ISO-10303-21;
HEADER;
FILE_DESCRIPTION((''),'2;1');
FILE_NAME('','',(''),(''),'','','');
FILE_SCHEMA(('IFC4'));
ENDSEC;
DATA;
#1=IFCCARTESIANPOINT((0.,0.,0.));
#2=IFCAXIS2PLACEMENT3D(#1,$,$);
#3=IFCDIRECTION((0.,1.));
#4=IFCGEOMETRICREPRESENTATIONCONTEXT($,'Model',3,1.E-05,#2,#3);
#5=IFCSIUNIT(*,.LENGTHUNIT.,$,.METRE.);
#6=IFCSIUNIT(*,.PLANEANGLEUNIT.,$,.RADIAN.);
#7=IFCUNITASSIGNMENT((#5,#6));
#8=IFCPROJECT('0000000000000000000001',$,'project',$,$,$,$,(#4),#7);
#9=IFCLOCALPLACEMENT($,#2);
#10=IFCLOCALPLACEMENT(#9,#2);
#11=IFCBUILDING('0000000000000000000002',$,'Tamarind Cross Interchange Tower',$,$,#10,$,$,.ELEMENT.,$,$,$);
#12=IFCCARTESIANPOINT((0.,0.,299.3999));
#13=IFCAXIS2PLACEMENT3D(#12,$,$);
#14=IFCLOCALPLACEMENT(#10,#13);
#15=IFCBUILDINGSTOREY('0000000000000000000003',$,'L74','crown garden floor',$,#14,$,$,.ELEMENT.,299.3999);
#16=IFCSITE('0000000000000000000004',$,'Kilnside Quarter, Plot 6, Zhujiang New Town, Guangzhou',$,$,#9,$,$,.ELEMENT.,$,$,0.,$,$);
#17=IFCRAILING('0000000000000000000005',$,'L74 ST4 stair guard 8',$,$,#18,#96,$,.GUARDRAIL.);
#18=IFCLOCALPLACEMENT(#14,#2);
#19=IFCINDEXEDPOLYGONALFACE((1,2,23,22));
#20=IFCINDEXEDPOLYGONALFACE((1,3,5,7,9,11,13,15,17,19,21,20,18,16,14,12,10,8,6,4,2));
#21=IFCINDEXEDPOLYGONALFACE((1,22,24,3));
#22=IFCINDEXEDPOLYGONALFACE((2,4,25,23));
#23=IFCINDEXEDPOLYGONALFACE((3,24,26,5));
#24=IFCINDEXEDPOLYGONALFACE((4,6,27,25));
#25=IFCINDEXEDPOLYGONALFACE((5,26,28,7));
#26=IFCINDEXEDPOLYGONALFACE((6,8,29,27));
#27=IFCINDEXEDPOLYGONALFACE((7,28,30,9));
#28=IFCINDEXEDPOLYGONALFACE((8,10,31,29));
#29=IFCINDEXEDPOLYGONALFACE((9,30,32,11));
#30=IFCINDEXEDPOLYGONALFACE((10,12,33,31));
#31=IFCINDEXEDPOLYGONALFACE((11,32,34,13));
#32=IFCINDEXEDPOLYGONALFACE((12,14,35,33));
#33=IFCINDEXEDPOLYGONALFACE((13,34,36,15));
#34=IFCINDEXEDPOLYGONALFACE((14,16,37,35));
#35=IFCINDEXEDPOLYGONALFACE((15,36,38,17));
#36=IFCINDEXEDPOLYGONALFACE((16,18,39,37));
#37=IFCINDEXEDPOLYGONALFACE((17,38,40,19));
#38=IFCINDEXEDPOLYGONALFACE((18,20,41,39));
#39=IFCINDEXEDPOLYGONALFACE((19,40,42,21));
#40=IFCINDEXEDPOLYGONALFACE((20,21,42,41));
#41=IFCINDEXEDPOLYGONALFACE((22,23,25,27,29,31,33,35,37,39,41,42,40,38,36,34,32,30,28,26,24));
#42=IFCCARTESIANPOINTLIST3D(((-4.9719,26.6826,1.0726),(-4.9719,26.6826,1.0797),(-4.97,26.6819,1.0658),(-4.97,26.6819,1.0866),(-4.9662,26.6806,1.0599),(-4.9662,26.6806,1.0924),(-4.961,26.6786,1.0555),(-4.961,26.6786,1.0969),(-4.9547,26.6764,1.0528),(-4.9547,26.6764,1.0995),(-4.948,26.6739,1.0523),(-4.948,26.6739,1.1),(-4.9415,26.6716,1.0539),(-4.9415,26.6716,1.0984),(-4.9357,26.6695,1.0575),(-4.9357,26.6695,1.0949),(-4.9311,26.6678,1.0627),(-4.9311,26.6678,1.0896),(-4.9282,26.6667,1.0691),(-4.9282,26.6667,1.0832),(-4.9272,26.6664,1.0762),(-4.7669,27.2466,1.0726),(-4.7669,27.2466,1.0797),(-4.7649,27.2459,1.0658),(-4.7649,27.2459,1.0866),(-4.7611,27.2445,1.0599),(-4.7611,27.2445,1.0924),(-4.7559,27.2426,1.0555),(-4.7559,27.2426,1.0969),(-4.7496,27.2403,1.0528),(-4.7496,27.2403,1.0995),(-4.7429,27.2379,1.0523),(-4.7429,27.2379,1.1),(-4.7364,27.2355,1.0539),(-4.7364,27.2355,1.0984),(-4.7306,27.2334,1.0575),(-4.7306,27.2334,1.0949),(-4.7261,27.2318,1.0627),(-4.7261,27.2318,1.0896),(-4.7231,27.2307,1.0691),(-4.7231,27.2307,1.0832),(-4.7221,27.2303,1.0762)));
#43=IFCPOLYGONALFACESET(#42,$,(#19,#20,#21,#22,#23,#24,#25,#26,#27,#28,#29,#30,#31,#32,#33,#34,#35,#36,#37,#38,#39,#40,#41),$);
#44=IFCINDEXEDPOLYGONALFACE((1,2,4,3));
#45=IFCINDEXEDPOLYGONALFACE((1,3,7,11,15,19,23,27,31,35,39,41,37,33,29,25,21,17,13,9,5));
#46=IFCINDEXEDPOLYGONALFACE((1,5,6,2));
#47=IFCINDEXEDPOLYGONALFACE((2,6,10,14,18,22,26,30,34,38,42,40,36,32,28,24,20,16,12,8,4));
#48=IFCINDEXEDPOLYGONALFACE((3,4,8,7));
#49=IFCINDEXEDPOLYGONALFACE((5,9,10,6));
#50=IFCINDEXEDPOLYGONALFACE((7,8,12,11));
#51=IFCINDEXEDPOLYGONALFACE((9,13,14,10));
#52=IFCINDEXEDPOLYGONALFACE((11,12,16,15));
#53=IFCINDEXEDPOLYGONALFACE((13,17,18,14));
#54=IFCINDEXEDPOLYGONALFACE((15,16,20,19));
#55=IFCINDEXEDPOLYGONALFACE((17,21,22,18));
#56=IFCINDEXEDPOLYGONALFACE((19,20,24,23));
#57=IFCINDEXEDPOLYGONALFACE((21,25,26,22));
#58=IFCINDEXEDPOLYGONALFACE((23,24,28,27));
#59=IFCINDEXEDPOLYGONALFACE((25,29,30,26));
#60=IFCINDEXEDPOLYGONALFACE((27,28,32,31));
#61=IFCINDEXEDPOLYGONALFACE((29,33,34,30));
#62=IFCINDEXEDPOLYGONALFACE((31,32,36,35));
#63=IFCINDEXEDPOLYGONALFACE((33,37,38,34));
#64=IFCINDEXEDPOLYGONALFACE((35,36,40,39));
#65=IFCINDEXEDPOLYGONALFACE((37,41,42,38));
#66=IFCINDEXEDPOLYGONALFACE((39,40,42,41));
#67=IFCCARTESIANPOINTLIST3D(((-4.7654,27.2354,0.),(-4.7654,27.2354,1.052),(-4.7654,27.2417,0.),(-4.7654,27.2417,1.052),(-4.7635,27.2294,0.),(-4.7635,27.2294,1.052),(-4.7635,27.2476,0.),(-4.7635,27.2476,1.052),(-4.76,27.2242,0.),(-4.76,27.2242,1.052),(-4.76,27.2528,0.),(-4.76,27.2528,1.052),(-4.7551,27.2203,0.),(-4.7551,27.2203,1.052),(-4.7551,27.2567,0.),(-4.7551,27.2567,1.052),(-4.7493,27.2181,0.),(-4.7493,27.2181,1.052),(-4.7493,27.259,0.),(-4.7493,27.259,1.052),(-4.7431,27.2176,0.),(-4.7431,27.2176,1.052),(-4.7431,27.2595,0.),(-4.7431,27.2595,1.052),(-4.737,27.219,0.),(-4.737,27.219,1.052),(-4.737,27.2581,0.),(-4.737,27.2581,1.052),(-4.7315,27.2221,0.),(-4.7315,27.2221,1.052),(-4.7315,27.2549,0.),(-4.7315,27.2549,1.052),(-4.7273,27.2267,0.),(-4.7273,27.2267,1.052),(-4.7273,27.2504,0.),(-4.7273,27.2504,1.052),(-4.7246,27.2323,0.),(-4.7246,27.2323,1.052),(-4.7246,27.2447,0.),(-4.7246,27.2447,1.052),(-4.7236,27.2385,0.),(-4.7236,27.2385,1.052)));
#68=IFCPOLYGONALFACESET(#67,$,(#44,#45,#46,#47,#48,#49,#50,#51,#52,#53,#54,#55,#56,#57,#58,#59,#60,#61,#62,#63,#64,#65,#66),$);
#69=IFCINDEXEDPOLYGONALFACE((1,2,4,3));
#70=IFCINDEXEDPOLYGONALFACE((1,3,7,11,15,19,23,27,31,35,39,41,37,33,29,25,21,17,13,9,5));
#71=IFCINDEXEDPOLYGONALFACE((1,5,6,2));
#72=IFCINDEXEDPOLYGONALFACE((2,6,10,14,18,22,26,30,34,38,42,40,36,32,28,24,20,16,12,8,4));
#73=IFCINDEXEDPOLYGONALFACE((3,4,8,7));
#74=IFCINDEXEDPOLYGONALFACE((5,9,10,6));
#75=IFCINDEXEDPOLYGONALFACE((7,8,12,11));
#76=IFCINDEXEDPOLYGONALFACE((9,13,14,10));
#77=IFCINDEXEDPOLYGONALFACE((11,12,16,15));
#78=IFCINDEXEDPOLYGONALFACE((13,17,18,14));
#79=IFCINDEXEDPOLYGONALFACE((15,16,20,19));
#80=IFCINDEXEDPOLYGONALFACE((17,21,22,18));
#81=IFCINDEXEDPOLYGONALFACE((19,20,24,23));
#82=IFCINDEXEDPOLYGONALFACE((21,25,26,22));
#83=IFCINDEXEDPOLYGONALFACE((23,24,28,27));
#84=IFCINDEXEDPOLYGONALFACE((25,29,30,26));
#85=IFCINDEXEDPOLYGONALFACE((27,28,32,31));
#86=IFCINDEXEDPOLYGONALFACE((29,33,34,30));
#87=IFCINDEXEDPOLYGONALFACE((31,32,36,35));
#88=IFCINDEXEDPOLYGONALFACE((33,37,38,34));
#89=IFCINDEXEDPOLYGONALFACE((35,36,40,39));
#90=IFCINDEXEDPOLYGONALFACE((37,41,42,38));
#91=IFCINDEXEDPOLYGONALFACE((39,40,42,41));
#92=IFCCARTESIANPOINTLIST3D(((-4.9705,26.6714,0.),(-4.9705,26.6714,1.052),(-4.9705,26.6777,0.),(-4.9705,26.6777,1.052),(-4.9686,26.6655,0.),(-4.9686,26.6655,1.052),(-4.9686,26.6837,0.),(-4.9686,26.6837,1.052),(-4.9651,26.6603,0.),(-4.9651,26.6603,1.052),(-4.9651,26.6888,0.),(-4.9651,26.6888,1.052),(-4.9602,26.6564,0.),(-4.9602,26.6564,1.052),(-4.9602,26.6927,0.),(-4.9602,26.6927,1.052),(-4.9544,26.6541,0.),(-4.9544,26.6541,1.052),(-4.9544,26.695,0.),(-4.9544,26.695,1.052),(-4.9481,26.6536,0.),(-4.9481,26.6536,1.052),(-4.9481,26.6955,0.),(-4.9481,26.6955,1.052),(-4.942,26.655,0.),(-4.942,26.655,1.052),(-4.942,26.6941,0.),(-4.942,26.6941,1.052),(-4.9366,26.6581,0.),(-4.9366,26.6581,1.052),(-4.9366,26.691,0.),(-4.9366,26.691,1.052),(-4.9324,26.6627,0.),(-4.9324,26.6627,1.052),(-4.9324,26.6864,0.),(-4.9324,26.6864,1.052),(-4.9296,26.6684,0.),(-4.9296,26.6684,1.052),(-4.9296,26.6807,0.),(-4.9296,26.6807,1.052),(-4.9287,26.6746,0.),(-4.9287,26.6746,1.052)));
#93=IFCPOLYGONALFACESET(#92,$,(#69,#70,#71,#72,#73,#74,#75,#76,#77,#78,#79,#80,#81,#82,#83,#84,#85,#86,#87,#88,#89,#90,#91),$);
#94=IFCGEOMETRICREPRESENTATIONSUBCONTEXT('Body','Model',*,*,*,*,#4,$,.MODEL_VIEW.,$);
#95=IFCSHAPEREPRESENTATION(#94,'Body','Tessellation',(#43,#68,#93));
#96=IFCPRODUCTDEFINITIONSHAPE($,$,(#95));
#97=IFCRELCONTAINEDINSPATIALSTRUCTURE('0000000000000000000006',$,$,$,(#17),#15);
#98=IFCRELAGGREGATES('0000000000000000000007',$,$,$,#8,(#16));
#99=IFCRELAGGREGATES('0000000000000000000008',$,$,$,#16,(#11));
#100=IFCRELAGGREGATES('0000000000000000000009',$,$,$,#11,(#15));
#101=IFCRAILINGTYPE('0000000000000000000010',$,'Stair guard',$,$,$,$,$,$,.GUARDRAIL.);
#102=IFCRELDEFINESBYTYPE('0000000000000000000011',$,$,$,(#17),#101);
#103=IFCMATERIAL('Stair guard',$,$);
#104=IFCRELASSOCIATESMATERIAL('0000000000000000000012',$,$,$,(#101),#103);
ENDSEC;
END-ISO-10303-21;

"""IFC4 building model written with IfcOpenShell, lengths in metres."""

from ifc_helpers import new_model, si_unit, direction, frame, origin, origin_2d, place, context, subcontext, project, spatial, circle, extrude, material, type_object, element, save


model = new_model("IFC4")

# Units and contexts
model_context = context("Model", 3, precision=1e-05, world=origin(), true_north=direction((0.0, 1.0)))
body_context = subcontext(model_context, "Body", "Model", "MODEL_VIEW")
ifc_project = project(units=[si_unit("LENGTHUNIT", "METRE"), si_unit("PLANEANGLEUNIT", "RADIAN")], contexts=[model_context])

# Site, building, storey
site_placement = place(None, origin())
site = spatial("IfcSite", under=ifc_project, at=site_placement, Name="Kilnside Quarter, Plot 6, Zhujiang New Town, Guangzhou", CompositionType="ELEMENT", RefElevation=0.0)
building_placement = place(site_placement, origin())
building = spatial("IfcBuilding", under=site, at=building_placement, Name="Tamarind Cross Interchange Tower", CompositionType="ELEMENT")
storey_placement = place(building_placement, frame((0.0, 0.0, 299.3999)))
storey = spatial("IfcBuildingStorey", under=building, at=storey_placement, Name="L74", Description="crown garden floor", CompositionType="ELEMENT", Elevation=299.3999)

# Railing
ifc_material_1 = material(Name="Stair guard")
railing_type_1 = type_object("IfcRailingType", Name="Stair guard", PredefinedType="GUARDRAIL", material=ifc_material_1)
for number, where, name in (
    (1, (-4.7446, 27.2385, 0.0), "L74 ST4 stair guard 8"),
):
    element("IfcRailing", number, at=place(storey_placement, frame(where)), inside=storey, type_object=railing_type_1, Name=name, PredefinedType="GUARDRAIL", context=body_context, shape_type="SweptSolid", body=[
        extrude(circle(Radius=0.0239, at=origin_2d()), frame((0.0, 0.0, 1.0762), z_axis=(-0.341743, -0.939793, 0.0), x_axis=(0.939793, -0.341743, 0.0)), (0.0, 0.0, 1.0), 0.6001),
        extrude(circle(Radius=0.021, at=origin_2d()), origin(), (0.0, 0.0, 1.0), 1.052),
        extrude(circle(Radius=0.021, at=origin_2d()), frame((-0.2051, -0.564, 0.0)), (0.0, 0.0, 1.0), 1.052),
    ])

save(model, "model.ifc")
